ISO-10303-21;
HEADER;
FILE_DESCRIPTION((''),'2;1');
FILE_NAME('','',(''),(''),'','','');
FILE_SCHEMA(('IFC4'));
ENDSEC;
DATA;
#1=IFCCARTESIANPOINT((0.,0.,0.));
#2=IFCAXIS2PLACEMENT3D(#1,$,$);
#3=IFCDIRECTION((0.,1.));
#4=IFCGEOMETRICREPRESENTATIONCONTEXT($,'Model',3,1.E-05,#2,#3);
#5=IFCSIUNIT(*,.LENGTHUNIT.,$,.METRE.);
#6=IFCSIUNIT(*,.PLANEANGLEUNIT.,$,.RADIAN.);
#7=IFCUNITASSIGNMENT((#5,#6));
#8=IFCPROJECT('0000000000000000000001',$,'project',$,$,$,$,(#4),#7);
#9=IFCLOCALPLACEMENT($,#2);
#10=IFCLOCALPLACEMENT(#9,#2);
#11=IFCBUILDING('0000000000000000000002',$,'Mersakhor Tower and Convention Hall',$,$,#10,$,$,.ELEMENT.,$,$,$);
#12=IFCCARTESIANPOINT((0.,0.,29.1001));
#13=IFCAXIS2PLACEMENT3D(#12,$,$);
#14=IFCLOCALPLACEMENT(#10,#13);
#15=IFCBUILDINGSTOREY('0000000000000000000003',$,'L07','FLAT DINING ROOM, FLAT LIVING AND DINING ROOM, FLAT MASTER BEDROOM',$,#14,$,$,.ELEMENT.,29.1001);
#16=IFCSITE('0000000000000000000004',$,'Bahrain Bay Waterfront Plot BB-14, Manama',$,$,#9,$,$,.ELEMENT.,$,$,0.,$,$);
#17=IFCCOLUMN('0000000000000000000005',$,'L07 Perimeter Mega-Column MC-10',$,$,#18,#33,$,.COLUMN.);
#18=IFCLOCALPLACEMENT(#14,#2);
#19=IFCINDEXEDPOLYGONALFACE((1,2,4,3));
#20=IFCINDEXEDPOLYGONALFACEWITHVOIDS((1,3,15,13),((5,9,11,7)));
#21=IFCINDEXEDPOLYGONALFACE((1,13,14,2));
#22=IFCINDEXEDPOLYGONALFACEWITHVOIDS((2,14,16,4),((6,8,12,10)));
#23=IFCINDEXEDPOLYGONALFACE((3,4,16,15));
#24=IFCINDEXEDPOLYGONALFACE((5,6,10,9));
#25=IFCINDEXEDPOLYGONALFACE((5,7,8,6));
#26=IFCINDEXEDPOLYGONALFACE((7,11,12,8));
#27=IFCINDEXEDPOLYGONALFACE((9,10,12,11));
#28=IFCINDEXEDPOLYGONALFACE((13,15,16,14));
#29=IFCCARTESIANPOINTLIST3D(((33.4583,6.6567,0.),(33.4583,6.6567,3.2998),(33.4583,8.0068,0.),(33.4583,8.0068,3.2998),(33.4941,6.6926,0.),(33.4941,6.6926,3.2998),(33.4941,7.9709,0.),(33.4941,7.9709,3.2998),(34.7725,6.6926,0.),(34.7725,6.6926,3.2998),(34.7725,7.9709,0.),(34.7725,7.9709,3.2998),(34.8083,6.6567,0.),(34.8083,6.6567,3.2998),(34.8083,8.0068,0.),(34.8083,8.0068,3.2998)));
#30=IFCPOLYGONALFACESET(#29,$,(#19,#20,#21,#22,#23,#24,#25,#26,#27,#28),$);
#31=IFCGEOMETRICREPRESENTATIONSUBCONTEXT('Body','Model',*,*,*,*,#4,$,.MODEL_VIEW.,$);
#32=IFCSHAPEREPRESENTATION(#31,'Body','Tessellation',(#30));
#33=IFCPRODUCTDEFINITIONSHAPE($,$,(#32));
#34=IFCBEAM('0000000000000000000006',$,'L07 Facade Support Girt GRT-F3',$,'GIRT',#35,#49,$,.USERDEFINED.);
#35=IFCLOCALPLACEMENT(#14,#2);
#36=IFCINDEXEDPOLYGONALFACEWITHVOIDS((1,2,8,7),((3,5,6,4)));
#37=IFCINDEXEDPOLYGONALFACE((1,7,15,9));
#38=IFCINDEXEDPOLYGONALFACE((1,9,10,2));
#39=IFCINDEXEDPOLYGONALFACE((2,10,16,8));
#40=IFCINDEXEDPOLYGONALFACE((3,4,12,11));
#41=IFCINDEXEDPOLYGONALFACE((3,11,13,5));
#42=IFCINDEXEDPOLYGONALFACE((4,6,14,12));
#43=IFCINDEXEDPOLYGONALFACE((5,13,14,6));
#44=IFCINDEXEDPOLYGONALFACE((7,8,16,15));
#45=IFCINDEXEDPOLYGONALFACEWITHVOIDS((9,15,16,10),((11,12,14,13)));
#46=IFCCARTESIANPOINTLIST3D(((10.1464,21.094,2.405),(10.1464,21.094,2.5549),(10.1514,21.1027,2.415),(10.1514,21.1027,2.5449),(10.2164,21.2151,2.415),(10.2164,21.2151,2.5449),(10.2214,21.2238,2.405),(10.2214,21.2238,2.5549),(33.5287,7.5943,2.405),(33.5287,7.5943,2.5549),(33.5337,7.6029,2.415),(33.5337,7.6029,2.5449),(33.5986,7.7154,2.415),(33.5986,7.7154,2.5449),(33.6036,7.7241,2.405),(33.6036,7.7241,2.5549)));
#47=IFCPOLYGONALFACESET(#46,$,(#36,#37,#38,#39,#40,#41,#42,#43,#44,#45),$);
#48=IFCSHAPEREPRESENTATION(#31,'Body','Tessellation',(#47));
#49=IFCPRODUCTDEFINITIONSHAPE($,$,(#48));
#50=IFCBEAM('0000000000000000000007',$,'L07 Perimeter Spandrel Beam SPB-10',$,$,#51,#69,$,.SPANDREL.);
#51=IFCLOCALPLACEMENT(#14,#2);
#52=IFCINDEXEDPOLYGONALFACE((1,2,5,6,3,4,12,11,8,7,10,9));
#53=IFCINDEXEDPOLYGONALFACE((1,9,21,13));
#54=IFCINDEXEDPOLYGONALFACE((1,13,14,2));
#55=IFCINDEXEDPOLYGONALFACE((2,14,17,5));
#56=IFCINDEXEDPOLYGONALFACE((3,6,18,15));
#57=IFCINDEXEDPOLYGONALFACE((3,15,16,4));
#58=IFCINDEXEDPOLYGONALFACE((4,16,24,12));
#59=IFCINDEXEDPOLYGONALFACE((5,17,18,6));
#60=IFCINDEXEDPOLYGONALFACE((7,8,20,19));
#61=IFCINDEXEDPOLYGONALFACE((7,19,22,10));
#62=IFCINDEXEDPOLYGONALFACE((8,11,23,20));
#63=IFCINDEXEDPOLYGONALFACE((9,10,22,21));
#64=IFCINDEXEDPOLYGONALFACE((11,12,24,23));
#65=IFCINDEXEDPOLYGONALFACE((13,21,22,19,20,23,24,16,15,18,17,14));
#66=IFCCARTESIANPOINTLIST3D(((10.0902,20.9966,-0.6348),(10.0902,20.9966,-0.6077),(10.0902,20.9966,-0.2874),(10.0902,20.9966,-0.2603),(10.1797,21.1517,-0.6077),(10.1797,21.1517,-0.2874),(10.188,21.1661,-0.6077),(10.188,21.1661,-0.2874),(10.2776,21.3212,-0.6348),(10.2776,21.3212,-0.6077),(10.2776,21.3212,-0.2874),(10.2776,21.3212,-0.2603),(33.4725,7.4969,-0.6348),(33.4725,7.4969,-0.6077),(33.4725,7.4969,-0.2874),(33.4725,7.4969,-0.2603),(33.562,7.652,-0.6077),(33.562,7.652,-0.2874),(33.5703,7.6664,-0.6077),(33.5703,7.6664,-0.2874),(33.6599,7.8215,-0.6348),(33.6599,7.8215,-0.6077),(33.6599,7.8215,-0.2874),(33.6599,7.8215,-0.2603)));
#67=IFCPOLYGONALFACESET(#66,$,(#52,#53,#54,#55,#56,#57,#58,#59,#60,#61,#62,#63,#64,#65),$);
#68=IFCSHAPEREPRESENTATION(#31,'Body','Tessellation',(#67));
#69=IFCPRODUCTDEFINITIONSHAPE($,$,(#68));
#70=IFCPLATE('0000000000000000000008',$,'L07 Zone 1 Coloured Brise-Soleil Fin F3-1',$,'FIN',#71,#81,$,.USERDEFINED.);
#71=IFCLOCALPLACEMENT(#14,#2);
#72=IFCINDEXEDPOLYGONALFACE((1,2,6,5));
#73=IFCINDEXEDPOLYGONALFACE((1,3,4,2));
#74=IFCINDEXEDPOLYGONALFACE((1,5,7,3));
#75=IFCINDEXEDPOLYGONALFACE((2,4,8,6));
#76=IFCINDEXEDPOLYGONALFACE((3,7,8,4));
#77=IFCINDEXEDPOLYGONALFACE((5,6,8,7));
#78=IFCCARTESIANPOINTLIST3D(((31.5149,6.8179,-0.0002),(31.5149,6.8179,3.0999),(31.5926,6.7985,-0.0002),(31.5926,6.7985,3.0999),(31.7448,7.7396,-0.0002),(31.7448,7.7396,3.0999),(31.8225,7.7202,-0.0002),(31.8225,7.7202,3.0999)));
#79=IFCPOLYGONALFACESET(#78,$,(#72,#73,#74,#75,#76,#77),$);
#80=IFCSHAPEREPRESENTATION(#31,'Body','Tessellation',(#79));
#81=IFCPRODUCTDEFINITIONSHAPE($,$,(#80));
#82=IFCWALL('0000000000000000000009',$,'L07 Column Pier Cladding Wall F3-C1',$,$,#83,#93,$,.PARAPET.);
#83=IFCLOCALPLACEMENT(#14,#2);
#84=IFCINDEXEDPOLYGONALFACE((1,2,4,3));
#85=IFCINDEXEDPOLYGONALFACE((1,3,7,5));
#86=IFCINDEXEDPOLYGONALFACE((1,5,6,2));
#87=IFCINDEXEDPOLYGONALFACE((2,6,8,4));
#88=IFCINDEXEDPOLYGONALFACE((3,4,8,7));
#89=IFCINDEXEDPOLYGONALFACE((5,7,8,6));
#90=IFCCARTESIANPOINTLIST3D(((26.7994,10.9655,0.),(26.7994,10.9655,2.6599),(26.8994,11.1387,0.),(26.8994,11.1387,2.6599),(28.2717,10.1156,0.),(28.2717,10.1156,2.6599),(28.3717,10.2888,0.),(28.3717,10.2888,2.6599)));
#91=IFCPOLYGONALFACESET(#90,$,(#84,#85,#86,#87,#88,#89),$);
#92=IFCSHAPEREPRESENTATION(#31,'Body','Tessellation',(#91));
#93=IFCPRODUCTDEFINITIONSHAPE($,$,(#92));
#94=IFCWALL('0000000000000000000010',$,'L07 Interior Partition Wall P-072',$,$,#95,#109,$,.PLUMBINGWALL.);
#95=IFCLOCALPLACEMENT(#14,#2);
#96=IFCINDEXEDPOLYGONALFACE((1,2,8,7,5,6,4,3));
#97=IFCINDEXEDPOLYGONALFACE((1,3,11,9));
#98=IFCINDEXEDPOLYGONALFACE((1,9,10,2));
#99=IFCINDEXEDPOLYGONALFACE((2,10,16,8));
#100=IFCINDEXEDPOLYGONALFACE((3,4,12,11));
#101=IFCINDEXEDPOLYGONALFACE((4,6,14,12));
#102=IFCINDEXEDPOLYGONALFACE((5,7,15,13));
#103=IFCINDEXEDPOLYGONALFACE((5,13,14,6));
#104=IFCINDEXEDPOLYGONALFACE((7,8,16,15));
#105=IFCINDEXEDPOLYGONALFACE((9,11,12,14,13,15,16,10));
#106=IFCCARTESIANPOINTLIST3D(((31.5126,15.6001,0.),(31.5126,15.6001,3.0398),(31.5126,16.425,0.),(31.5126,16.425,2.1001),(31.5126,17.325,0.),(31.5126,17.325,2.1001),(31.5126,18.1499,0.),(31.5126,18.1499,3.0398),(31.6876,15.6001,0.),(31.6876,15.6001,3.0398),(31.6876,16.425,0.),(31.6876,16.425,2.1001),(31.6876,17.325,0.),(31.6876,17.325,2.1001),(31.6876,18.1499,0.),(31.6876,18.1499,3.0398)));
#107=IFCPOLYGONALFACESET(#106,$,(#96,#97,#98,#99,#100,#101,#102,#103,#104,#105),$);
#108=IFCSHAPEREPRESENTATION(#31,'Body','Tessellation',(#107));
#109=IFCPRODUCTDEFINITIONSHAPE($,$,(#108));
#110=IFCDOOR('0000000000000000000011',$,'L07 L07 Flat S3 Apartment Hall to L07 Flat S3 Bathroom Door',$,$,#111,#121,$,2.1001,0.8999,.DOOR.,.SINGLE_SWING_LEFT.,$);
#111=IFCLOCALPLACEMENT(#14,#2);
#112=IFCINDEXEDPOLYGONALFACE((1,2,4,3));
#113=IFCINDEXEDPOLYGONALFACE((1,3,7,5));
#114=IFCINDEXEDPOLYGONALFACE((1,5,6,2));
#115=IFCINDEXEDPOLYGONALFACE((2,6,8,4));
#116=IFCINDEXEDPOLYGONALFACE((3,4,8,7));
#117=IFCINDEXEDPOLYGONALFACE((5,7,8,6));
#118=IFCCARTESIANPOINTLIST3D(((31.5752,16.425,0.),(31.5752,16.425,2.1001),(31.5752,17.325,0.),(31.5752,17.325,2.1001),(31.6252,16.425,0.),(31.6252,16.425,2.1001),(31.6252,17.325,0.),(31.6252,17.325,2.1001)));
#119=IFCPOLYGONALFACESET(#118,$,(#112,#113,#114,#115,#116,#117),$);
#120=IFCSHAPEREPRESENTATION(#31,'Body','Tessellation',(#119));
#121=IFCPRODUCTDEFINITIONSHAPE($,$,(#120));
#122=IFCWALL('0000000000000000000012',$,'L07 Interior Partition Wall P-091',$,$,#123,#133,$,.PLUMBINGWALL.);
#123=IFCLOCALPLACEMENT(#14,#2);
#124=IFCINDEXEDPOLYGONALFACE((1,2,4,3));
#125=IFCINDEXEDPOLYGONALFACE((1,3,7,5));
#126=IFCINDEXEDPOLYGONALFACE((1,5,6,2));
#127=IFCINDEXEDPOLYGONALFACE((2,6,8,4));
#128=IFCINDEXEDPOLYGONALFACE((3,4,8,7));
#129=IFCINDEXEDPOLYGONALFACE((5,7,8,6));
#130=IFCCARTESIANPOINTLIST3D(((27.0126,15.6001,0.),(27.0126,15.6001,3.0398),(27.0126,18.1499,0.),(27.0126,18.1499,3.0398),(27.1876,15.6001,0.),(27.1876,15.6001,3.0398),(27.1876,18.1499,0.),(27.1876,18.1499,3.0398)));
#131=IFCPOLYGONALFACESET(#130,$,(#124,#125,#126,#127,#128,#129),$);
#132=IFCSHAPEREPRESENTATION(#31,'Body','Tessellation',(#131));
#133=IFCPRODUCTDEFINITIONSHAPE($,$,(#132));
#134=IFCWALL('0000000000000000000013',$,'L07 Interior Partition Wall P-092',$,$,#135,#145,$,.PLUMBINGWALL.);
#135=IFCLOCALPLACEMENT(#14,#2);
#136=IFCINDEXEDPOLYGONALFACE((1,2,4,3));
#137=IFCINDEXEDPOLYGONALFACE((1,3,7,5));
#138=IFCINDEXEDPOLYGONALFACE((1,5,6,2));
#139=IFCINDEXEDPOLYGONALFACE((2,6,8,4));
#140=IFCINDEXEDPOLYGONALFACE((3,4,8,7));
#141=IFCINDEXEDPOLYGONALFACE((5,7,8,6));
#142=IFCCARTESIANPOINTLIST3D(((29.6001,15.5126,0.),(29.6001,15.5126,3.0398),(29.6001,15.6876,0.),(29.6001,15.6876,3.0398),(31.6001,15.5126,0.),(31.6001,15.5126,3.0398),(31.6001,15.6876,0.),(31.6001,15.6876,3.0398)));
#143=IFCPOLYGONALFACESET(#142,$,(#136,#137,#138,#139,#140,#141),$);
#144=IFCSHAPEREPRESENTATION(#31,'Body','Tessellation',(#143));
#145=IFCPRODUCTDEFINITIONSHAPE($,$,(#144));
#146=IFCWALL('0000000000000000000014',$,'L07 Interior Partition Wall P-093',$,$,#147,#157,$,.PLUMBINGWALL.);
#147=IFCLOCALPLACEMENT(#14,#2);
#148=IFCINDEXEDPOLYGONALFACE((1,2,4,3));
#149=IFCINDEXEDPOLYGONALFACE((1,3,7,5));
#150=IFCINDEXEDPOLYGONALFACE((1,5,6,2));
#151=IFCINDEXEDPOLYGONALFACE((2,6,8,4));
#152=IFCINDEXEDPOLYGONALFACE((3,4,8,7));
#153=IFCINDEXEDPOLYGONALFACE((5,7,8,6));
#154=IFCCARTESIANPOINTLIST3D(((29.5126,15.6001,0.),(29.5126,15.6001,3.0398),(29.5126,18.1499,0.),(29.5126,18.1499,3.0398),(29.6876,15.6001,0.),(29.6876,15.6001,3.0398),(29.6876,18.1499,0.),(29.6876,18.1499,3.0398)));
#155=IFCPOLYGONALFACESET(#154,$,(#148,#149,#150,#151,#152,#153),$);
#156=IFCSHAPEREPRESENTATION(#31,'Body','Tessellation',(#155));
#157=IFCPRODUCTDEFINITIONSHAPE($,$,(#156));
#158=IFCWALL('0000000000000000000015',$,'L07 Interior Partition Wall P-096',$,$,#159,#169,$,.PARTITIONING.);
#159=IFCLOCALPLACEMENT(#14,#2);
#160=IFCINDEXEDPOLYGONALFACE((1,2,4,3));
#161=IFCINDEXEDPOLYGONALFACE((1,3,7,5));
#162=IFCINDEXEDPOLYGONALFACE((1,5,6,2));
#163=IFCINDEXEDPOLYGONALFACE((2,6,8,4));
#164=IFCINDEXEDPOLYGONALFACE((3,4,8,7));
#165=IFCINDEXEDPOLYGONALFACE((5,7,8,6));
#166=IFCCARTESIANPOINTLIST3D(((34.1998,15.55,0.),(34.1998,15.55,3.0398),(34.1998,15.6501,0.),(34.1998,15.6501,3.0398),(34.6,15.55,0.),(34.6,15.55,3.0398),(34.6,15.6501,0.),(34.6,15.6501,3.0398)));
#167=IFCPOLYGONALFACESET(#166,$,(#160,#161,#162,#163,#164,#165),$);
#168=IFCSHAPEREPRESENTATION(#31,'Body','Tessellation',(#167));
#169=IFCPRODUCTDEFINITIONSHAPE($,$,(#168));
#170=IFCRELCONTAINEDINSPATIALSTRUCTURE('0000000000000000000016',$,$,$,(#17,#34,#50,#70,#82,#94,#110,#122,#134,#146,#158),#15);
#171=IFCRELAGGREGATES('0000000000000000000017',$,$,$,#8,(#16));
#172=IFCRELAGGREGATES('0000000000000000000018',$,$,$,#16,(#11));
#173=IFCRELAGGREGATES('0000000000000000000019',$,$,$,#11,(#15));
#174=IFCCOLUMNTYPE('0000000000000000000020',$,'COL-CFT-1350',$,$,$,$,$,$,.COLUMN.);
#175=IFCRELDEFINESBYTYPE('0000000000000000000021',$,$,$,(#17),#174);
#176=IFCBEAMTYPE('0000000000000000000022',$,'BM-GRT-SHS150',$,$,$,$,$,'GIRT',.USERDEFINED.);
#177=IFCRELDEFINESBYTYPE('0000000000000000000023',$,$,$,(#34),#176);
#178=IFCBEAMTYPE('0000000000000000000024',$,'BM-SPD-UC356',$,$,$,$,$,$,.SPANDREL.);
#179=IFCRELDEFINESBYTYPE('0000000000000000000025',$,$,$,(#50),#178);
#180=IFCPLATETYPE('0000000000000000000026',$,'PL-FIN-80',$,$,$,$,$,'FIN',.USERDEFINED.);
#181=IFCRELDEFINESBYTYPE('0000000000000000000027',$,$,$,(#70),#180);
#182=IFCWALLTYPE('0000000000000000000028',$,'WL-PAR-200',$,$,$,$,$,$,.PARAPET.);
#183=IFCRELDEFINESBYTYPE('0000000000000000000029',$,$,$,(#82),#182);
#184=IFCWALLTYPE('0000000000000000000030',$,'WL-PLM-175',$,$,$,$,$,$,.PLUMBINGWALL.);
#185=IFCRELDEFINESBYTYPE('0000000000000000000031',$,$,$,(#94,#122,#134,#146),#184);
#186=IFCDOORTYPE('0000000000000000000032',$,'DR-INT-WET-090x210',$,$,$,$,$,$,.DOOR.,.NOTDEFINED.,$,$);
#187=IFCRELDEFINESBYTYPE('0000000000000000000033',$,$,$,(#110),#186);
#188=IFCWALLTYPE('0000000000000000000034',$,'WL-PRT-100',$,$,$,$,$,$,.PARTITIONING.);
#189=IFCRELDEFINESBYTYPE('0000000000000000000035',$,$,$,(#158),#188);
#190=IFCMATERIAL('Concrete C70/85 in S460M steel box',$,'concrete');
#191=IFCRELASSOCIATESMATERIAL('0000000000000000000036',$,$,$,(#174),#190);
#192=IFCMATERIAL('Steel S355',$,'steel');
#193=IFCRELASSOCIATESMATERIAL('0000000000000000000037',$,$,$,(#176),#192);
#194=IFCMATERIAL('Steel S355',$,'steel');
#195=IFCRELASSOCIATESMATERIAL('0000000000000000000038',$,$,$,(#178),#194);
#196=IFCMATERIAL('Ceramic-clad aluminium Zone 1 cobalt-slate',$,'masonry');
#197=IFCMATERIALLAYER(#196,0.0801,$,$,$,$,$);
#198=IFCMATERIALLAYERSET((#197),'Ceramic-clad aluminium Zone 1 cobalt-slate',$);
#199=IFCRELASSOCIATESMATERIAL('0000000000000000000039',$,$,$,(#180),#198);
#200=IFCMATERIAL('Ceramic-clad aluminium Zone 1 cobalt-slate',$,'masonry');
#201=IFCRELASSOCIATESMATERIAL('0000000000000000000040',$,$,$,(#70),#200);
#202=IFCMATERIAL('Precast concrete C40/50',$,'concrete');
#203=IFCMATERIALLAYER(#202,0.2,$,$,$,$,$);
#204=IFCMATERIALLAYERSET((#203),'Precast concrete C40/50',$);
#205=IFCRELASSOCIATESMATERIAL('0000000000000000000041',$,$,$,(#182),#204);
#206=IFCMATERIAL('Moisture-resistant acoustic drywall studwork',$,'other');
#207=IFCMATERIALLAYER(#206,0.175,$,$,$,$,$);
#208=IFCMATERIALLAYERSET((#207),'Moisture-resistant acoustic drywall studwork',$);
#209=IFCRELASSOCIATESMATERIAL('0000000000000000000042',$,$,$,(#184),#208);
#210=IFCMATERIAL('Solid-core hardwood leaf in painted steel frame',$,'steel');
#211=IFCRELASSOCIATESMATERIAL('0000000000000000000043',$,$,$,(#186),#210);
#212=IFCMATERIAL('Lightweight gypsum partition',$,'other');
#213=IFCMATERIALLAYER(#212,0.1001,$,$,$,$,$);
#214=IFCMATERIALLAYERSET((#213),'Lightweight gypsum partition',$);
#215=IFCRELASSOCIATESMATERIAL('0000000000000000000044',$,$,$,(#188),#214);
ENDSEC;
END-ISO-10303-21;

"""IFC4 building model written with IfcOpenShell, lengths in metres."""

from ifc_helpers import new_model, si_unit, direction, frame, frame_2d, origin, origin_2d, place, context, subcontext, project, spatial, rectangle, hollow_rectangle, i_section, extrude, material, layer, layer_set, material_profile, profile_set, type_object, element, fill, save


model = new_model("IFC4")

# Units and contexts
model_context = context("Model", 3, precision=1e-05, world=origin(), true_north=direction((0.0, 1.0)))
body_context = subcontext(model_context, "Body", "Model", "MODEL_VIEW")
ifc_project = project(units=[si_unit("LENGTHUNIT", "METRE"), si_unit("PLANEANGLEUNIT", "RADIAN")], contexts=[model_context])

# Site, building, storey
site_placement = place(None, origin())
site = spatial("IfcSite", under=ifc_project, at=site_placement, Name="Bahrain Bay Waterfront Plot BB-14, Manama", CompositionType="ELEMENT", RefElevation=0.0)
building_placement = place(site_placement, origin())
building = spatial("IfcBuilding", under=site, at=building_placement, Name="Mersakhor Tower and Convention Hall", CompositionType="ELEMENT")
storey_placement = place(building_placement, frame((0.0, 0.0, 29.1001)))
storey = spatial("IfcBuildingStorey", under=building, at=storey_placement, Name="L07", Description="FLAT DINING ROOM, FLAT LIVING AND DINING ROOM, FLAT MASTER BEDROOM", CompositionType="ELEMENT", Elevation=29.1001)

# Column
ifc_material_1 = material(Name="Concrete C70/85 in S460M steel box", Category="concrete")
ifc_material_profile_1 = material_profile(ifc_material_1, hollow_rectangle(XDim=1.3501, YDim=1.3501, WallThickness=0.0359, at=origin_2d()), Name="SHS 1350x1350x36")
ifc_profile_set_1 = profile_set([ifc_material_profile_1], Name="Concrete C70/85 in S460M steel box")
column_type = type_object("IfcColumnType", Name="COL-CFT-1350", PredefinedType="COLUMN", material=ifc_profile_set_1)
column_placement = place(storey_placement, frame((34.1333, 7.3318, 0.0), z_axis=(0.0, 0.0, 1.0), x_axis=(1.0, 0.0, 0.0)))
element("IfcColumn", 1, at=column_placement, inside=storey, type_object=column_type, Name="L07 Perimeter Mega-Column MC-10", PredefinedType="COLUMN", context=body_context, shape_type="SweptSolid", body=[
    extrude(hollow_rectangle(XDim=1.3501, YDim=1.3501, WallThickness=0.0359, at=origin_2d()), origin(), (0.0, 0.0, 1.0), 3.2998),
])

# Beams
ifc_material_2 = material(Name="Steel S355", Category="steel")
ifc_material_profile_2 = material_profile(ifc_material_2, hollow_rectangle(XDim=0.1499, YDim=0.1499, WallThickness=0.01, at=origin_2d()), Name="SHS 150x150x10")
ifc_profile_set_2 = profile_set([ifc_material_profile_2], Name="Steel S355")
beam_type_1 = type_object("IfcBeamType", Name="BM-GRT-SHS150", ElementType="GIRT", PredefinedType="USERDEFINED", material=ifc_profile_set_2)
beam_1_placement = place(storey_placement, frame((33.5662, 7.6592, 2.48), z_axis=(-0.866026, 0.499999, 0.0), x_axis=(-0.499999, -0.866026, 0.0)))
element("IfcBeam", 2, at=beam_1_placement, inside=storey, type_object=beam_type_1, Name="L07 Facade Support Girt GRT-F3", ObjectType="GIRT", PredefinedType="USERDEFINED", context=body_context, shape_type="SweptSolid", body=[
    extrude(hollow_rectangle(XDim=0.1499, YDim=0.1499, WallThickness=0.01, at=origin_2d()), origin(), (0.0, 0.0, 1.0), 26.9995),
])
ifc_material_3 = material(Name="Steel S355", Category="steel")
ifc_material_profile_3 = material_profile(ifc_material_3, i_section(OverallWidth=0.3748, OverallDepth=0.3745, WebThickness=0.0166, FlangeThickness=0.0271, at=origin_2d()), Name="UC 356x368x202")
ifc_profile_set_3 = profile_set([ifc_material_profile_3], Name="Steel S355")
beam_type_2 = type_object("IfcBeamType", Name="BM-SPD-UC356", PredefinedType="SPANDREL", material=ifc_profile_set_3)
beam_2_placement = place(storey_placement, frame((33.5662, 7.6592, -0.4475), z_axis=(-0.866026, 0.499999, 0.0), x_axis=(-0.499999, -0.866026, 0.0)))
element("IfcBeam", 3, at=beam_2_placement, inside=storey, type_object=beam_type_2, Name="L07 Perimeter Spandrel Beam SPB-10", PredefinedType="SPANDREL", context=body_context, shape_type="SweptSolid", body=[
    extrude(i_section(OverallWidth=0.3748, OverallDepth=0.3745, WebThickness=0.0166, FlangeThickness=0.0271, at=origin_2d()), origin(), (0.0, 0.0, 1.0), 26.9995),
])

# Plate
ifc_material_4 = material(Name="Ceramic-clad aluminium Zone 1 cobalt-slate", Category="masonry")
ifc_material_5 = material(Name="Ceramic-clad aluminium Zone 1 cobalt-slate", Category="masonry")
ifc_layer_1 = layer(ifc_material_5, 0.0801)
ifc_layer_set_1 = layer_set([ifc_layer_1], Name="Ceramic-clad aluminium Zone 1 cobalt-slate")
plate_type = type_object("IfcPlateType", Name="PL-FIN-80", ElementType="FIN", PredefinedType="USERDEFINED", material=ifc_layer_set_1)
plate_placement = place(storey_placement, frame((31.6687, 7.269, -0.0002), z_axis=(0.0, 0.0, 1.0), x_axis=(-0.241922, -0.970296, 0.0)))
element("IfcPlate", 4, at=plate_placement, inside=storey, type_object=plate_type, material=ifc_material_4, Name="L07 Zone 1 Coloured Brise-Soleil Fin F3-1", ObjectType="FIN", PredefinedType="USERDEFINED", context=body_context, shape_type="SweptSolid", body=[
    extrude(rectangle(XDim=0.95, YDim=0.0801, at=origin_2d()), origin(), (0.0, 0.0, 1.0), 3.1001),
])

# Wall
ifc_material_6 = material(Name="Precast concrete C40/50", Category="concrete")
ifc_layer_2 = layer(ifc_material_6, 0.2)
ifc_layer_set_2 = layer_set([ifc_layer_2], Name="Precast concrete C40/50")
wall_type_1 = type_object("IfcWallType", Name="WL-PAR-200", PredefinedType="PARAPET", material=ifc_layer_set_2)
wall_1_placement = place(storey_placement, frame((28.3218, 10.2021, 0.0), z_axis=(0.0, 0.0, 1.0), x_axis=(-0.866052, 0.499955, 0.0)))
element("IfcWall", 5, at=wall_1_placement, inside=storey, type_object=wall_type_1, Name="L07 Column Pier Cladding Wall F3-C1", PredefinedType="PARAPET", context=body_context, shape_type="SweptSolid", body=[
    extrude(rectangle(XDim=1.7, YDim=0.2, at=frame_2d((0.8501, 0.0))), origin(), (0.0, 0.0, 1.0), 2.6599),
])

# Wall, opening, door
ifc_material_7 = material(Name="Moisture-resistant acoustic drywall studwork", Category="other")
ifc_layer_3 = layer(ifc_material_7, 0.175)
ifc_layer_set_3 = layer_set([ifc_layer_3], Name="Moisture-resistant acoustic drywall studwork")
wall_type_2 = type_object("IfcWallType", Name="WL-PLM-175", PredefinedType="PLUMBINGWALL", material=ifc_layer_set_3)
wall_2_placement = place(storey_placement, frame((31.6001, 15.6001, 0.0), z_axis=(0.0, 0.0, 1.0), x_axis=(0.0, 1.0, 0.0)))
wall_2 = element("IfcWall", 6, at=wall_2_placement, inside=storey, type_object=wall_type_2, Name="L07 Interior Partition Wall P-072", PredefinedType="PLUMBINGWALL", context=body_context, shape_type="SweptSolid", body=[
    extrude(rectangle(XDim=2.5498, YDim=0.175, at=frame_2d((1.2749, 0.0))), origin(), (0.0, 0.0, 1.0), 3.0398),
])
opening_1_placement = place(wall_2_placement, frame((0.825, 0.0, 0.0)))
opening_1 = element("IfcOpeningElement", 7, at=opening_1_placement, cuts=wall_2, PredefinedType="OPENING", context=body_context, shape_type="SweptSolid", body=[
    extrude(rectangle(XDim=0.8999, YDim=2.1001, at=frame_2d((0.45, 1.05))), frame((0.0, 0.0974, 0.0), z_axis=(0.0, -1.0, 0.0), x_axis=(1.0, 0.0, 0.0)), (0.0, 0.0, 1.0), 0.1951),
])
ifc_material_8 = material(Name="Solid-core hardwood leaf in painted steel frame", Category="steel")
door_type_1 = type_object("IfcDoorType", Name="DR-INT-WET-090x210", OperationType="NOTDEFINED", PredefinedType="DOOR", material=ifc_material_8)
door_1_placement = place(opening_1_placement, origin())
door_1 = element("IfcDoor", 8, at=door_1_placement, inside=storey, type_object=door_type_1, Name="L07 L07 Flat S3 Apartment Hall to L07 Flat S3 Bathroom Door", OperationType="SINGLE_SWING_LEFT", OverallHeight=2.1001, OverallWidth=0.8999, PredefinedType="DOOR", context=body_context, shape_type="SweptSolid", body=[
    extrude(rectangle(XDim=0.8999, YDim=2.1001, at=frame_2d((0.45, 1.05))), frame((0.0, 0.0249, 0.0), z_axis=(0.0, -1.0, 0.0), x_axis=(1.0, 0.0, 0.0)), (0.0, 0.0, 1.0), 0.05),
])
fill(opening_1, door_1)

# Walls
wall_3_placement = place(storey_placement, frame((27.1001, 18.1499, 0.0), z_axis=(0.0, 0.0, 1.0), x_axis=(0.0, -1.0, 0.0)))
element("IfcWall", 9, at=wall_3_placement, inside=storey, type_object=wall_type_2, Name="L07 Interior Partition Wall P-091", PredefinedType="PLUMBINGWALL", context=body_context, shape_type="SweptSolid", body=[
    extrude(rectangle(XDim=2.5498, YDim=0.175, at=frame_2d((1.2749, 0.0))), origin(), (0.0, 0.0, 1.0), 3.0398),
])
wall_4_placement = place(storey_placement, frame((31.6001, 15.6001, 0.0), z_axis=(0.0, 0.0, 1.0), x_axis=(-1.0, 0.0, 0.0)))
element("IfcWall", 10, at=wall_4_placement, inside=storey, type_object=wall_type_2, Name="L07 Interior Partition Wall P-092", PredefinedType="PLUMBINGWALL", context=body_context, shape_type="SweptSolid", body=[
    extrude(rectangle(XDim=2.0, YDim=0.175, at=frame_2d((1.0, 0.0))), origin(), (0.0, 0.0, 1.0), 3.0398),
])
wall_5_placement = place(storey_placement, frame((29.6001, 15.6001, 0.0), z_axis=(0.0, 0.0, 1.0), x_axis=(0.0, 1.0, 0.0)))
element("IfcWall", 11, at=wall_5_placement, inside=storey, type_object=wall_type_2, Name="L07 Interior Partition Wall P-093", PredefinedType="PLUMBINGWALL", context=body_context, shape_type="SweptSolid", body=[
    extrude(rectangle(XDim=2.5498, YDim=0.175, at=frame_2d((1.2749, 0.0))), origin(), (0.0, 0.0, 1.0), 3.0398),
])
ifc_material_9 = material(Name="Lightweight gypsum partition", Category="other")
ifc_layer_4 = layer(ifc_material_9, 0.1001)
ifc_layer_set_4 = layer_set([ifc_layer_4], Name="Lightweight gypsum partition")
wall_type_3 = type_object("IfcWallType", Name="WL-PRT-100", PredefinedType="PARTITIONING", material=ifc_layer_set_4)
wall_6_placement = place(storey_placement, frame((34.6001, 15.6001, 0.0), z_axis=(0.0, 0.0, 1.0), x_axis=(-1.0, 0.0, 0.0)))
element("IfcWall", 12, at=wall_6_placement, inside=storey, type_object=wall_type_3, Name="L07 Interior Partition Wall P-096", PredefinedType="PARTITIONING", context=body_context, shape_type="SweptSolid", body=[
    extrude(rectangle(XDim=0.4001, YDim=0.1001, at=frame_2d((0.2002, 0.0))), origin(), (0.0, 0.0, 1.0), 3.0398),
])

save(model, "model.ifc")
